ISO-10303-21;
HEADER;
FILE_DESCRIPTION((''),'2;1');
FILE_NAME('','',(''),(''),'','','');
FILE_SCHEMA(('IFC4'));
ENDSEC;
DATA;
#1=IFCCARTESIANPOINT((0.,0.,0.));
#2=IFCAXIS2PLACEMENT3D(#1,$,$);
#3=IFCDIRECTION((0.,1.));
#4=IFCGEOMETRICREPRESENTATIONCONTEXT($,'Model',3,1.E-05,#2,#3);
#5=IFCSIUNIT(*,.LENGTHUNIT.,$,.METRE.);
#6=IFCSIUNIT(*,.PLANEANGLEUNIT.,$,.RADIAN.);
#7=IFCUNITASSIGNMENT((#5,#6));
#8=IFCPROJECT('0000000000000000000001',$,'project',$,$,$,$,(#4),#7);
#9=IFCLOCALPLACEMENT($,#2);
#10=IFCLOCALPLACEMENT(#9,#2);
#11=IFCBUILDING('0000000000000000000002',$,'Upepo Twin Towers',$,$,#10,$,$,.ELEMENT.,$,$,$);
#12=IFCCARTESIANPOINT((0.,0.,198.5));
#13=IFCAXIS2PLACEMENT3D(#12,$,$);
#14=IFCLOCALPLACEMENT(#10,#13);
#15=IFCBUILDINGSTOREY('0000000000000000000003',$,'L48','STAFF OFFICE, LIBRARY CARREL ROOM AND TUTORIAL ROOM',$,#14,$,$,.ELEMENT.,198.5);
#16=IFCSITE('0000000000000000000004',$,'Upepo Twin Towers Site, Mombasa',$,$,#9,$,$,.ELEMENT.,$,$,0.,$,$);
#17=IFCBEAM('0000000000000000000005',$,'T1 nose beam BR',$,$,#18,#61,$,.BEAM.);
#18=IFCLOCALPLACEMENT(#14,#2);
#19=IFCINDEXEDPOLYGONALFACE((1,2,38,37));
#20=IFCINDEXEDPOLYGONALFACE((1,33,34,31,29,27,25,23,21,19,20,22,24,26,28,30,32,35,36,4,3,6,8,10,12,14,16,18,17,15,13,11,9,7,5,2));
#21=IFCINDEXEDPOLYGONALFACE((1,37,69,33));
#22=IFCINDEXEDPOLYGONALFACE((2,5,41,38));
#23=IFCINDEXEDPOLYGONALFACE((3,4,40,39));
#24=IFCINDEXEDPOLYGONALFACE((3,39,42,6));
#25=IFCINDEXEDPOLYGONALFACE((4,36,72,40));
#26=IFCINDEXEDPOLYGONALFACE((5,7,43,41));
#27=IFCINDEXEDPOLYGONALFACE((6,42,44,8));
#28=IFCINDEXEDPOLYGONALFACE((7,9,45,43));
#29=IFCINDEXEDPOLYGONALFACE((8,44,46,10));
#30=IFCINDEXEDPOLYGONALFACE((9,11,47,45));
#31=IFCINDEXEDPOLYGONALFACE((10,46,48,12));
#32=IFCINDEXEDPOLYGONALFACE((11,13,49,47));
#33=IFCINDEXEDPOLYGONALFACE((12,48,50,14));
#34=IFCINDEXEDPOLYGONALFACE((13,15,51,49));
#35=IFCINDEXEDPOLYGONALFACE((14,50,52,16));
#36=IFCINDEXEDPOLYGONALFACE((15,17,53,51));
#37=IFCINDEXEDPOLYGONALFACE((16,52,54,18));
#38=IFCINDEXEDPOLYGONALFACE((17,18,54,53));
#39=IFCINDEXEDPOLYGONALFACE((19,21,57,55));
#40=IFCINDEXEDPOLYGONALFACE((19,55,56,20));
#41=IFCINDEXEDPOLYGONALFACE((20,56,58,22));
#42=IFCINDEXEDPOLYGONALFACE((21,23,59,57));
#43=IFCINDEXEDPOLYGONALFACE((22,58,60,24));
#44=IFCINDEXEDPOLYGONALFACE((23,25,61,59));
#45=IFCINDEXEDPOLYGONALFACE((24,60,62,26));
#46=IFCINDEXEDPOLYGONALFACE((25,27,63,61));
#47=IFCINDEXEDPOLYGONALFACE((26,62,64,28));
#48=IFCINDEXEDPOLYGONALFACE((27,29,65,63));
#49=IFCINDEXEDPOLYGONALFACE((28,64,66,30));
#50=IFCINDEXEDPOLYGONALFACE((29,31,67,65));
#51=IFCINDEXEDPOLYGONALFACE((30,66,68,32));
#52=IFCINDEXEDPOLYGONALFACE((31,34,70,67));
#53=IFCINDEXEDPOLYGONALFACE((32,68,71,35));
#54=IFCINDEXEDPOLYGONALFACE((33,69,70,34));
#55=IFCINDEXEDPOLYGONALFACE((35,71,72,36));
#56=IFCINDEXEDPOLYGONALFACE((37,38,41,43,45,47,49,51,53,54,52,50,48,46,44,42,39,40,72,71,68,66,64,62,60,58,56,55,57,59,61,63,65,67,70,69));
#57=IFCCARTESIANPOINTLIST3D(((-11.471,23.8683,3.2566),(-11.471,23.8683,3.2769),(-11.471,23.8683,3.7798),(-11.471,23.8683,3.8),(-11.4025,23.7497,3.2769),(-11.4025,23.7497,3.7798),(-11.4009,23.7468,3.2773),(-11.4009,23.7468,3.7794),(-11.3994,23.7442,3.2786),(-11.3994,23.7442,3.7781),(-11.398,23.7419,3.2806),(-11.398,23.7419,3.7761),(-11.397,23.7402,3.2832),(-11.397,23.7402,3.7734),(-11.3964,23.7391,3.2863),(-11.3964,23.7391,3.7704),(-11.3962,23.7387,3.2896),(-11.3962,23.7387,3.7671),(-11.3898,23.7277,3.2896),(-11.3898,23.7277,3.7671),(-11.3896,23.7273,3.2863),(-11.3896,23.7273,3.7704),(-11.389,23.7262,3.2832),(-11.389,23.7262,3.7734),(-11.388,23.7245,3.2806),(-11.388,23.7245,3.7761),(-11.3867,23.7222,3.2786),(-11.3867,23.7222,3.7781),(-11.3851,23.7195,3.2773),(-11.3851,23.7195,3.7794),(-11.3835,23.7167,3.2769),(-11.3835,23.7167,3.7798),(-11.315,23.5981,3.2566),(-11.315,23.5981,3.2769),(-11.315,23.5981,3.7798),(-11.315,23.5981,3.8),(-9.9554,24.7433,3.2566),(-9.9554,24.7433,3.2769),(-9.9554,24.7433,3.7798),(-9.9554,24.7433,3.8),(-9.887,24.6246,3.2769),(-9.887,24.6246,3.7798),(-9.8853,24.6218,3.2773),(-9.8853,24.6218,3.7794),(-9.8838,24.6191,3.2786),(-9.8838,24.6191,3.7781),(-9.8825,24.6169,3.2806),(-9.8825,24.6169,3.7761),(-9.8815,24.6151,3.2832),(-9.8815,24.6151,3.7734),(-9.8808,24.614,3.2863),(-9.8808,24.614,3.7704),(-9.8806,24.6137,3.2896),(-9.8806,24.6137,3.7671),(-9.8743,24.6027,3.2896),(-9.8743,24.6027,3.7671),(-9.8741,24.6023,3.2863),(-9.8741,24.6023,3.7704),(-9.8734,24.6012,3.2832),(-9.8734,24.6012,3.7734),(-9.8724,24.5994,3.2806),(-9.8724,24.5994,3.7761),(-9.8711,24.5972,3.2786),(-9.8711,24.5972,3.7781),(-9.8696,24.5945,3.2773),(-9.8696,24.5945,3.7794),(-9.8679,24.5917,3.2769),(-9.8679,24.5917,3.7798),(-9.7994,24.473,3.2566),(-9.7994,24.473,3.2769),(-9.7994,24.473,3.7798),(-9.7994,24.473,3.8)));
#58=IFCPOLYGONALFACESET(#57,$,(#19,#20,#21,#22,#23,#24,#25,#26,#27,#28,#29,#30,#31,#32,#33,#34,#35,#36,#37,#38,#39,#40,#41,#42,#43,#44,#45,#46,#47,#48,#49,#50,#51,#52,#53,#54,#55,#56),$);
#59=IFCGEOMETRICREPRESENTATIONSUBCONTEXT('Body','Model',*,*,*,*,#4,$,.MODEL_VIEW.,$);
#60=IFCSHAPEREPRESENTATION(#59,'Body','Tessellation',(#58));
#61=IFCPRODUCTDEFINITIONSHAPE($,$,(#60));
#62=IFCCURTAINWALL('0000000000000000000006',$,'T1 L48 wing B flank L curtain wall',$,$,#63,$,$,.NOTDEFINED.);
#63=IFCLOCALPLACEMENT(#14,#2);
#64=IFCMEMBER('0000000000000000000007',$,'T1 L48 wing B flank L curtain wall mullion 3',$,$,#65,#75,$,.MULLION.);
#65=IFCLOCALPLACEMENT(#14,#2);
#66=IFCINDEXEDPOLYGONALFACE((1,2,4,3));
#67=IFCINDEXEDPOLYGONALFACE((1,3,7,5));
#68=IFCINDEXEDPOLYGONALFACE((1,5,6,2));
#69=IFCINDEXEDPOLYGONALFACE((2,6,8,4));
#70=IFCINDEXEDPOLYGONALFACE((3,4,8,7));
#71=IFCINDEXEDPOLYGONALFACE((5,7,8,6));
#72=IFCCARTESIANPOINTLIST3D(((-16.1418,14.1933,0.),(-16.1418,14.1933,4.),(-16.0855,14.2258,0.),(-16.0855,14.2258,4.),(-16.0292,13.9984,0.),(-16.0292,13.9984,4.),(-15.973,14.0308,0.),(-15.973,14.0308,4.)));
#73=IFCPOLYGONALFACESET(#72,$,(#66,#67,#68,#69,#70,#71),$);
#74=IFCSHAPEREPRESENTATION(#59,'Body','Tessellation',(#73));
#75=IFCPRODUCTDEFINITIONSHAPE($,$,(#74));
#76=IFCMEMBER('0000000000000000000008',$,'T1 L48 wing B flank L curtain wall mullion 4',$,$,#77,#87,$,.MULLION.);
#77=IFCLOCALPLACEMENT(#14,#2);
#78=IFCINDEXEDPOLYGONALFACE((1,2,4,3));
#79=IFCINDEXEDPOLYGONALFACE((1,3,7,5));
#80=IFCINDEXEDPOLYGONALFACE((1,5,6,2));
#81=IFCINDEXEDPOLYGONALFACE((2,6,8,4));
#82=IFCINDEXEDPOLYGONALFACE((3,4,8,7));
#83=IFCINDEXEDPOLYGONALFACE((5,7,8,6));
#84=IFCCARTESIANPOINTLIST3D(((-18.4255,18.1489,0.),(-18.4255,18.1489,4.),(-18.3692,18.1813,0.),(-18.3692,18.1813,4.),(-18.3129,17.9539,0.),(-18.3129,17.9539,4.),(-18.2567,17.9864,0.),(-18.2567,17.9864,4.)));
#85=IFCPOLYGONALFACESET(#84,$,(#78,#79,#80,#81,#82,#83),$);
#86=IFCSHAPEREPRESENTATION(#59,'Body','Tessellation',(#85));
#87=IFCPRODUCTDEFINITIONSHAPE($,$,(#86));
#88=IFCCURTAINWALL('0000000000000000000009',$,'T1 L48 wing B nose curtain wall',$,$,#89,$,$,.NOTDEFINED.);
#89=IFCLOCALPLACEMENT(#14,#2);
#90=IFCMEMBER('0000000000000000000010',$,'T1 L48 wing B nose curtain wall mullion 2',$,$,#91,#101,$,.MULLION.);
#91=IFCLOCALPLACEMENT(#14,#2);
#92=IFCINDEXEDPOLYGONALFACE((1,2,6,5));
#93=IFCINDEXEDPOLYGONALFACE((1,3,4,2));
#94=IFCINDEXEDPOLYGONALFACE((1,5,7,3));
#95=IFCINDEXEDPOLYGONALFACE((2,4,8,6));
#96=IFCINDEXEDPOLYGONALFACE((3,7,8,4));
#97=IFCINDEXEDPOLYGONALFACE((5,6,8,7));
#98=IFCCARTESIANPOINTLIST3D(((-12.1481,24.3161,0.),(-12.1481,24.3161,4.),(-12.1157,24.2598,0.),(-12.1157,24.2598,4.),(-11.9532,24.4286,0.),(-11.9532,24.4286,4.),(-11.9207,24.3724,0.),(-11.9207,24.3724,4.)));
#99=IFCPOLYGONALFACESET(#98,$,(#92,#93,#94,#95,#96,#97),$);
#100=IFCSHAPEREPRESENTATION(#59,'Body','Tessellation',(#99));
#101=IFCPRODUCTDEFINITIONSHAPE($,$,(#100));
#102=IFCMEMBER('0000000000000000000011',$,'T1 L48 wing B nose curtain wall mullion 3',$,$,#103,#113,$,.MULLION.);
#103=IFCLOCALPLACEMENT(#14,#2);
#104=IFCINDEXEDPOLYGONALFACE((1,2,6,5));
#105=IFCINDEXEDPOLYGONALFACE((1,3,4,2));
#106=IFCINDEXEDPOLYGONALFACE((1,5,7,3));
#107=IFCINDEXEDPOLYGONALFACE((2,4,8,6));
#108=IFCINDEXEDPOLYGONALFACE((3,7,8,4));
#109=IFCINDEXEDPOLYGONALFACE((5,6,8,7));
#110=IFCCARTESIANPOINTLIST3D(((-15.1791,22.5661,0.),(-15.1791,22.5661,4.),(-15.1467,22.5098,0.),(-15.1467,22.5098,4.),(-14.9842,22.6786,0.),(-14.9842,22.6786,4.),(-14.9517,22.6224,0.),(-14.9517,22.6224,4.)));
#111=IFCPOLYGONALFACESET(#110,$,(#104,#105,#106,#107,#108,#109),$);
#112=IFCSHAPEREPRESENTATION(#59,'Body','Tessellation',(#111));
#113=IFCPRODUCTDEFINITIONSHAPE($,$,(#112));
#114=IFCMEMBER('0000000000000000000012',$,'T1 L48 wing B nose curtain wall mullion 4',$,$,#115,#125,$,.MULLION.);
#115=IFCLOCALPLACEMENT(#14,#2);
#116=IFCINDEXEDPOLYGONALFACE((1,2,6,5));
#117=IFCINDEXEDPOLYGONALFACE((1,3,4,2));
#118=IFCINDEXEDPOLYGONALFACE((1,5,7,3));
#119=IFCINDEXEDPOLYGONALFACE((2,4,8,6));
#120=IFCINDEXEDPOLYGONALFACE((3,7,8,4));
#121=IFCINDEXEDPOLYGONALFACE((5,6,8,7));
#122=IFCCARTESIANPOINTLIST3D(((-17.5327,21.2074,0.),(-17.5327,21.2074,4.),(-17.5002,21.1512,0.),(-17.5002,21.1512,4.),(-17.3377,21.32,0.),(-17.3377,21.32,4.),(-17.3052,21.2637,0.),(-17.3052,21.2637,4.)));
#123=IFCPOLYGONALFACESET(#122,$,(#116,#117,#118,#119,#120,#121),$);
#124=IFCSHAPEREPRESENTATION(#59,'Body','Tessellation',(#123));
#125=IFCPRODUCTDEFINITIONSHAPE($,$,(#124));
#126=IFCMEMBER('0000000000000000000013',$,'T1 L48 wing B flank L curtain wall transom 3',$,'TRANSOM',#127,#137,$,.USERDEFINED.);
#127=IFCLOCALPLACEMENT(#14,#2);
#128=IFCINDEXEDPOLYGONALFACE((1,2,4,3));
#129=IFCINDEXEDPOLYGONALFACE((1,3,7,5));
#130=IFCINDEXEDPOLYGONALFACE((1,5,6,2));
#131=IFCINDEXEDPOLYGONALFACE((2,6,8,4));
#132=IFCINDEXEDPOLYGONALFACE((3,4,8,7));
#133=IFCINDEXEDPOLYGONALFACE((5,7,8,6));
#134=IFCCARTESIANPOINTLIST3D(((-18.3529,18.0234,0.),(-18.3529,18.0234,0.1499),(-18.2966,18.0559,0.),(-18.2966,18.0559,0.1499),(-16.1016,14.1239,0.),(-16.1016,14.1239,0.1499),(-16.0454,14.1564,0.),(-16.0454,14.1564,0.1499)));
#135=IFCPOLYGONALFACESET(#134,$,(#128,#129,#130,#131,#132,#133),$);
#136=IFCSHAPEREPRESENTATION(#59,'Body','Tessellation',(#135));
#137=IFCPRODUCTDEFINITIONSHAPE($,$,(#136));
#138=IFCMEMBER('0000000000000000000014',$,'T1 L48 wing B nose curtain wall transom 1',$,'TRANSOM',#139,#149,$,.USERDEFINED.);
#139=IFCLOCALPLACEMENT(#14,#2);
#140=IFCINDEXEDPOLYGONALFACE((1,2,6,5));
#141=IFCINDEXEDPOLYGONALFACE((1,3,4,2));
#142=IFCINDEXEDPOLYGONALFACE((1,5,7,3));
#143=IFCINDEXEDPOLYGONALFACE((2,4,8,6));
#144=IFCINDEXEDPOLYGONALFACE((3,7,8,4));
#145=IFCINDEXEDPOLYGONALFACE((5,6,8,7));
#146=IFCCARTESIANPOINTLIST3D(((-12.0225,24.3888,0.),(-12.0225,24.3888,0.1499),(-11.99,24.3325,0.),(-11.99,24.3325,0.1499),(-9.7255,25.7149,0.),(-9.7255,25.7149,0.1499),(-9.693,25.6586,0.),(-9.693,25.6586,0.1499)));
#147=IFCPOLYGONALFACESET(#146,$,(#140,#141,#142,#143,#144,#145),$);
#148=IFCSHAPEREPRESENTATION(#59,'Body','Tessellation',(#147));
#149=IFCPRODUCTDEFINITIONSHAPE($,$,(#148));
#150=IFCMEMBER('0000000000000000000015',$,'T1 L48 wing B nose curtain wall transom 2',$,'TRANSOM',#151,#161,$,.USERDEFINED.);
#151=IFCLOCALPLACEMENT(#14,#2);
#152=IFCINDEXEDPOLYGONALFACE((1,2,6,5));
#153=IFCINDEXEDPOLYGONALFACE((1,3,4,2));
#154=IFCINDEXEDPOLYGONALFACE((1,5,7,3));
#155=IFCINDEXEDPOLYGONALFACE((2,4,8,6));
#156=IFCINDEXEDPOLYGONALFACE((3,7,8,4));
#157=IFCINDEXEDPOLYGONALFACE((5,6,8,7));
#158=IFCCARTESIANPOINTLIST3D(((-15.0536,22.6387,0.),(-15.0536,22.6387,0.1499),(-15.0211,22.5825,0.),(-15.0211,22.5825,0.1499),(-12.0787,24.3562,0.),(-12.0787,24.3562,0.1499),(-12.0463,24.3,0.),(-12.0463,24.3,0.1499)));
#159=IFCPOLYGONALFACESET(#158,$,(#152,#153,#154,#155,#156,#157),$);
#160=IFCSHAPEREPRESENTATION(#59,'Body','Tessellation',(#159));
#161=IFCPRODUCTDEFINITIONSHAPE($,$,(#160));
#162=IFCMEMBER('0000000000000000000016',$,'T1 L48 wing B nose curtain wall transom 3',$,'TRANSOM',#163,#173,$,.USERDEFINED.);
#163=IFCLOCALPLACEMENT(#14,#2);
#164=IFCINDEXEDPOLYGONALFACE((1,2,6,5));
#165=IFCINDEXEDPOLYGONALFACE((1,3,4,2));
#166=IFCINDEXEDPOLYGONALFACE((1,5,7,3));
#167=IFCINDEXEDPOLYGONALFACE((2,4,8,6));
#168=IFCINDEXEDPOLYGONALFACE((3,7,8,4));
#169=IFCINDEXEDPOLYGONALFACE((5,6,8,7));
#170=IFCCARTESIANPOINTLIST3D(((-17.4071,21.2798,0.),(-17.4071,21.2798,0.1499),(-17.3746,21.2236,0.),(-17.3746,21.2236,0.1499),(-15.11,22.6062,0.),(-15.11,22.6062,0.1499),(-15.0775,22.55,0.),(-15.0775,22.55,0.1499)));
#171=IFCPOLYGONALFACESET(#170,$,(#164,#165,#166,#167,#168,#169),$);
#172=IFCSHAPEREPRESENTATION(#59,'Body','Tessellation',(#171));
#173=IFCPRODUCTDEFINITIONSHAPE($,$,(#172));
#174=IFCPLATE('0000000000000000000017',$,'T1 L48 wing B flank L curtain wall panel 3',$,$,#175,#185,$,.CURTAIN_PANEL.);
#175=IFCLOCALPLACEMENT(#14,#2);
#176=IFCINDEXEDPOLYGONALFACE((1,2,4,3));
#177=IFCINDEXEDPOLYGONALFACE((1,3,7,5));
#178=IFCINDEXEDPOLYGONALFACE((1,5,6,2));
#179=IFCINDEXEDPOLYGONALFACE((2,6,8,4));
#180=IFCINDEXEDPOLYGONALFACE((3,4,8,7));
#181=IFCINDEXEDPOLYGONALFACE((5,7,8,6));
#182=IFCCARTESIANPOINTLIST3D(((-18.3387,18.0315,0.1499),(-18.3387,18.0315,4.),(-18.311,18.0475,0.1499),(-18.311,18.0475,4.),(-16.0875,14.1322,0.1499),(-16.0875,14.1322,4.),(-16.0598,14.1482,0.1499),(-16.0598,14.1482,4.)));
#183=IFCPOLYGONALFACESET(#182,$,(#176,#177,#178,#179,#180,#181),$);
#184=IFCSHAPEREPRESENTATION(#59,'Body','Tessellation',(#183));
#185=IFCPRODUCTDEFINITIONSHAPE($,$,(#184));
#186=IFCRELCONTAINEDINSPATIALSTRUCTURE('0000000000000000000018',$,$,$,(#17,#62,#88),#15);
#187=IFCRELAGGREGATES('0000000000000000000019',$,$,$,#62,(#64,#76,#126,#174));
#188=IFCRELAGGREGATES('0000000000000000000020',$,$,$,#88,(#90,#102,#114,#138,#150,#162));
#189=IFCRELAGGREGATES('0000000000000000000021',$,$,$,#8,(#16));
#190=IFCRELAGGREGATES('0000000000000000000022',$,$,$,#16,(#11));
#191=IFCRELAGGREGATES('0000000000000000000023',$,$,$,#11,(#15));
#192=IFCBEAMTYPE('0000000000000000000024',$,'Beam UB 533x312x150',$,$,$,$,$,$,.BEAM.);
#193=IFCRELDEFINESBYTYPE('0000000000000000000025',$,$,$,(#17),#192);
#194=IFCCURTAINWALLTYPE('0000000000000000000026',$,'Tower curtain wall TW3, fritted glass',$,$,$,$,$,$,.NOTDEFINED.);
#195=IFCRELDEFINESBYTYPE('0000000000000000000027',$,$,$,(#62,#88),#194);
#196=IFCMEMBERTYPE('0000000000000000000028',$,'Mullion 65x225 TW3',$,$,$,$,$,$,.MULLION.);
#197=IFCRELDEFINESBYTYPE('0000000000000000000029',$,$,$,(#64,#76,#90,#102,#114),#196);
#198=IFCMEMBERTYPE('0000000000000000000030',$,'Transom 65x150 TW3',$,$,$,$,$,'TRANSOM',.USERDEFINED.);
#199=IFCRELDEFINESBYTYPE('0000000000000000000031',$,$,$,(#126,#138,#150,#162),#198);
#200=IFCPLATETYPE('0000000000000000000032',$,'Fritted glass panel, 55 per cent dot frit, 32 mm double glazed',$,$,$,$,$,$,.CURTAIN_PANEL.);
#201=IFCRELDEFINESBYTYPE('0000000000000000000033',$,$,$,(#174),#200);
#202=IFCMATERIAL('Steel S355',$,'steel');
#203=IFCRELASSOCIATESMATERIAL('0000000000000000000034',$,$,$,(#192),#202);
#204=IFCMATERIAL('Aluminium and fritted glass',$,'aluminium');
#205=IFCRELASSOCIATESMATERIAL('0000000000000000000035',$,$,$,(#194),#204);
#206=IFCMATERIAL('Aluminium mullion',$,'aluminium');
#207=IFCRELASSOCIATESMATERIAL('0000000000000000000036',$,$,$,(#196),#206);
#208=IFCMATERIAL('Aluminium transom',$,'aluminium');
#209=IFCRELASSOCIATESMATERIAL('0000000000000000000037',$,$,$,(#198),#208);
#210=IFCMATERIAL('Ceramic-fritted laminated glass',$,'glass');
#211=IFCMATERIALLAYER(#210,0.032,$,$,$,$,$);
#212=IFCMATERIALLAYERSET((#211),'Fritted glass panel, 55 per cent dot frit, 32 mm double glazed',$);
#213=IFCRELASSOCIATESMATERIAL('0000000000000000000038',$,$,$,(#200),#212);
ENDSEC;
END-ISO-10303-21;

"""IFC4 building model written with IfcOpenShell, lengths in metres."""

from ifc_helpers import new_model, si_unit, direction, frame, origin, origin_2d, place, context, subcontext, project, spatial, rectangle, i_section, extrude, material, layer, layer_set, material_profile, profile_set, type_object, element, aggregate, save


model = new_model("IFC4")

# Units and contexts
model_context = context("Model", 3, precision=1e-05, world=origin(), true_north=direction((0.0, 1.0)))
body_context = subcontext(model_context, "Body", "Model", "MODEL_VIEW")
ifc_project = project(units=[si_unit("LENGTHUNIT", "METRE"), si_unit("PLANEANGLEUNIT", "RADIAN")], contexts=[model_context])

# Site, building, storey
site_placement = place(None, origin())
site = spatial("IfcSite", under=ifc_project, at=site_placement, Name="Upepo Twin Towers Site, Mombasa", CompositionType="ELEMENT", RefElevation=0.0)
building_placement = place(site_placement, origin())
building = spatial("IfcBuilding", under=site, at=building_placement, Name="Upepo Twin Towers", CompositionType="ELEMENT")
storey_placement = place(building_placement, frame((0.0, 0.0, 198.5)))
storey = spatial("IfcBuildingStorey", under=building, at=storey_placement, Name="L48", Description="STAFF OFFICE, LIBRARY CARREL ROOM AND TUTORIAL ROOM", CompositionType="ELEMENT", Elevation=198.5)

# Beam
ifc_material_1 = material(Name="Steel S355", Category="steel")
ifc_material_profile_1 = material_profile(ifc_material_1, i_section(OverallWidth=0.312, OverallDepth=0.5435, WebThickness=0.0127, FlangeThickness=0.0203, FilletRadius=0.0127, at=origin_2d()), Name="UB 533x312x150")
ifc_profile_set_1 = profile_set([ifc_material_profile_1], Name="Steel S355")
beam_type_1 = type_object("IfcBeamType", Name="Beam UB 533x312x150", PredefinedType="BEAM", material=ifc_profile_set_1)
for number, where, z_axis, x_axis, name in (
    (1, (-9.8774, 24.6082, 3.5283), (-0.866037, -0.49998, 0.0), (0.49998, -0.866037, 0.0), "T1 nose beam BR"),
):
    element("IfcBeam", number, at=place(storey_placement, frame(where, z_axis=z_axis, x_axis=x_axis)), inside=storey, type_object=beam_type_1, Name=name, PredefinedType="BEAM", context=body_context, shape_type="SweptSolid", body=[
        extrude(i_section(OverallWidth=0.312, OverallDepth=0.5435, WebThickness=0.0127, FlangeThickness=0.0203, FilletRadius=0.0127, at=origin_2d()), origin(), (0.0, 0.0, 1.0), 1.75),
    ])

# Curtain walls, members
ifc_material_2 = material(Name="Aluminium and fritted glass", Category="aluminium")
curtain_wall_type = type_object("IfcCurtainWallType", Name="Tower curtain wall TW3, fritted glass", PredefinedType="NOTDEFINED", material=ifc_material_2)
curtain_wall_1_placement = place(storey_placement, origin())
curtain_wall_1 = element("IfcCurtainWall", 2, at=curtain_wall_1_placement, inside=storey, type_object=curtain_wall_type, Name="T1 L48 wing B flank L curtain wall", PredefinedType="NOTDEFINED")
ifc_material_3 = material(Name="Aluminium mullion", Category="aluminium")
ifc_material_profile_2 = material_profile(ifc_material_3, rectangle(XDim=0.0649, YDim=0.2251, at=origin_2d()), Name="MULLION 65x225")
ifc_profile_set_2 = profile_set([ifc_material_profile_2], Name="Aluminium mullion")
member_type_1 = type_object("IfcMemberType", Name="Mullion 65x225 TW3", PredefinedType="MULLION", material=ifc_profile_set_2)
member_1_placement = place(storey_placement, frame((-16.0574, 14.1121, 0.0), z_axis=(0.0, 0.0, 1.0), x_axis=(-0.866025, -0.5, 0.0)))
member_1 = element("IfcMember", 3, at=member_1_placement, type_object=member_type_1, Name="T1 L48 wing B flank L curtain wall mullion 3", PredefinedType="MULLION", context=body_context, shape_type="SweptSolid", body=[
    extrude(rectangle(XDim=0.0649, YDim=0.2251, at=origin_2d()), origin(), (0.0, 0.0, 1.0), 4.0),
])
member_2_placement = place(storey_placement, frame((-18.3411, 18.0676, 0.0), z_axis=(0.0, 0.0, 1.0), x_axis=(-0.866025, -0.5, 0.0)))
member_2 = element("IfcMember", 4, at=member_2_placement, type_object=member_type_1, Name="T1 L48 wing B flank L curtain wall mullion 4", PredefinedType="MULLION", context=body_context, shape_type="SweptSolid", body=[
    extrude(rectangle(XDim=0.0649, YDim=0.2251, at=origin_2d()), origin(), (0.0, 0.0, 1.0), 4.0),
])
curtain_wall_2_placement = place(storey_placement, origin())
curtain_wall_2 = element("IfcCurtainWall", 5, at=curtain_wall_2_placement, inside=storey, type_object=curtain_wall_type, Name="T1 L48 wing B nose curtain wall", PredefinedType="NOTDEFINED")
member_3_placement = place(storey_placement, frame((-12.0344, 24.3442, 0.0), z_axis=(0.0, 0.0, 1.0), x_axis=(0.5, -0.866025, 0.0)))
member_3 = element("IfcMember", 6, at=member_3_placement, type_object=member_type_1, Name="T1 L48 wing B nose curtain wall mullion 2", PredefinedType="MULLION", context=body_context, shape_type="SweptSolid", body=[
    extrude(rectangle(XDim=0.0649, YDim=0.2251, at=origin_2d()), origin(), (0.0, 0.0, 1.0), 4.0),
])
member_4_placement = place(storey_placement, frame((-15.0654, 22.5942, 0.0), z_axis=(0.0, 0.0, 1.0), x_axis=(0.5, -0.866025, 0.0)))
member_4 = element("IfcMember", 7, at=member_4_placement, type_object=member_type_1, Name="T1 L48 wing B nose curtain wall mullion 3", PredefinedType="MULLION", context=body_context, shape_type="SweptSolid", body=[
    extrude(rectangle(XDim=0.0649, YDim=0.2251, at=origin_2d()), origin(), (0.0, 0.0, 1.0), 4.0),
])
member_5_placement = place(storey_placement, frame((-17.4189, 21.2356, 0.0), z_axis=(0.0, 0.0, 1.0), x_axis=(0.5, -0.866025, 0.0)))
member_5 = element("IfcMember", 8, at=member_5_placement, type_object=member_type_1, Name="T1 L48 wing B nose curtain wall mullion 4", PredefinedType="MULLION", context=body_context, shape_type="SweptSolid", body=[
    extrude(rectangle(XDim=0.0649, YDim=0.2251, at=origin_2d()), origin(), (0.0, 0.0, 1.0), 4.0),
])

# Members
ifc_material_4 = material(Name="Aluminium transom", Category="aluminium")
ifc_material_profile_3 = material_profile(ifc_material_4, rectangle(XDim=0.0649, YDim=0.1499, at=origin_2d()), Name="TRANSOM 65x150")
ifc_profile_set_3 = profile_set([ifc_material_profile_3], Name="Aluminium transom")
member_type_2 = type_object("IfcMemberType", Name="Transom 65x150 TW3", ElementType="TRANSOM", PredefinedType="USERDEFINED", material=ifc_profile_set_3)
member_6_placement = place(storey_placement, frame((-16.0735, 14.1401, 0.075), z_axis=(-0.499982, 0.866036, 0.0), x_axis=(-0.866036, -0.499982, 0.0)))
member_6 = element("IfcMember", 9, at=member_6_placement, type_object=member_type_2, Name="T1 L48 wing B flank L curtain wall transom 3", ObjectType="TRANSOM", PredefinedType="USERDEFINED", context=body_context, shape_type="SweptSolid", body=[
    extrude(rectangle(XDim=0.0649, YDim=0.1499, at=origin_2d()), origin(), (0.0, 0.0, 1.0), 4.5027),
])
member_7_placement = place(storey_placement, frame((-9.7092, 25.6868, 0.075), z_axis=(-0.866037, -0.49998, 0.0), x_axis=(0.49998, -0.866037, 0.0)))
member_7 = element("IfcMember", 10, at=member_7_placement, type_object=member_type_2, Name="T1 L48 wing B nose curtain wall transom 1", ObjectType="TRANSOM", PredefinedType="USERDEFINED", context=body_context, shape_type="SweptSolid", body=[
    extrude(rectangle(XDim=0.0649, YDim=0.1499, at=origin_2d()), origin(), (0.0, 0.0, 1.0), 2.6523),
])
member_8_placement = place(storey_placement, frame((-12.0625, 24.3281, 0.075), z_axis=(-0.866026, -0.499999, 0.0), x_axis=(0.499999, -0.866026, 0.0)))
member_8 = element("IfcMember", 11, at=member_8_placement, type_object=member_type_2, Name="T1 L48 wing B nose curtain wall transom 2", ObjectType="TRANSOM", PredefinedType="USERDEFINED", context=body_context, shape_type="SweptSolid", body=[
    extrude(rectangle(XDim=0.0649, YDim=0.1499, at=origin_2d()), origin(), (0.0, 0.0, 1.0), 3.4351),
])
member_9_placement = place(storey_placement, frame((-15.0938, 22.5781, 0.075), z_axis=(-0.865997, -0.500049, 0.0), x_axis=(0.500049, -0.865997, 0.0)))
member_9 = element("IfcMember", 12, at=member_9_placement, type_object=member_type_2, Name="T1 L48 wing B nose curtain wall transom 3", ObjectType="TRANSOM", PredefinedType="USERDEFINED", context=body_context, shape_type="SweptSolid", body=[
    extrude(rectangle(XDim=0.0649, YDim=0.1499, at=origin_2d()), origin(), (0.0, 0.0, 1.0), 2.6526),
])

# Plate
ifc_material_5 = material(Name="Ceramic-fritted laminated glass", Category="glass")
ifc_layer_1 = layer(ifc_material_5, 0.032)
ifc_layer_set_1 = layer_set([ifc_layer_1], Name="Fritted glass panel, 55 per cent dot frit, 32 mm double glazed")
plate_type_1 = type_object("IfcPlateType", Name="Fritted glass panel, 55 per cent dot frit, 32 mm double glazed", PredefinedType="CURTAIN_PANEL", material=ifc_layer_set_1)
plate_1_placement = place(storey_placement, frame((-17.1992, 16.0898, 0.1499), z_axis=(0.0, 0.0, 1.0), x_axis=(-0.5, 0.866025, 0.0)))
plate_1 = element("IfcPlate", 13, at=plate_1_placement, type_object=plate_type_1, Name="T1 L48 wing B flank L curtain wall panel 3", PredefinedType="CURTAIN_PANEL", context=body_context, shape_type="SweptSolid", body=[
    extrude(rectangle(XDim=4.5024, YDim=0.032, at=origin_2d()), origin(), (0.0, 0.0, 1.0), 3.8501),
])
aggregate(curtain_wall_1, [member_1, member_2, member_6, plate_1])
aggregate(curtain_wall_2, [member_3, member_4, member_5, member_7, member_8, member_9])

save(model, "model.ifc")
